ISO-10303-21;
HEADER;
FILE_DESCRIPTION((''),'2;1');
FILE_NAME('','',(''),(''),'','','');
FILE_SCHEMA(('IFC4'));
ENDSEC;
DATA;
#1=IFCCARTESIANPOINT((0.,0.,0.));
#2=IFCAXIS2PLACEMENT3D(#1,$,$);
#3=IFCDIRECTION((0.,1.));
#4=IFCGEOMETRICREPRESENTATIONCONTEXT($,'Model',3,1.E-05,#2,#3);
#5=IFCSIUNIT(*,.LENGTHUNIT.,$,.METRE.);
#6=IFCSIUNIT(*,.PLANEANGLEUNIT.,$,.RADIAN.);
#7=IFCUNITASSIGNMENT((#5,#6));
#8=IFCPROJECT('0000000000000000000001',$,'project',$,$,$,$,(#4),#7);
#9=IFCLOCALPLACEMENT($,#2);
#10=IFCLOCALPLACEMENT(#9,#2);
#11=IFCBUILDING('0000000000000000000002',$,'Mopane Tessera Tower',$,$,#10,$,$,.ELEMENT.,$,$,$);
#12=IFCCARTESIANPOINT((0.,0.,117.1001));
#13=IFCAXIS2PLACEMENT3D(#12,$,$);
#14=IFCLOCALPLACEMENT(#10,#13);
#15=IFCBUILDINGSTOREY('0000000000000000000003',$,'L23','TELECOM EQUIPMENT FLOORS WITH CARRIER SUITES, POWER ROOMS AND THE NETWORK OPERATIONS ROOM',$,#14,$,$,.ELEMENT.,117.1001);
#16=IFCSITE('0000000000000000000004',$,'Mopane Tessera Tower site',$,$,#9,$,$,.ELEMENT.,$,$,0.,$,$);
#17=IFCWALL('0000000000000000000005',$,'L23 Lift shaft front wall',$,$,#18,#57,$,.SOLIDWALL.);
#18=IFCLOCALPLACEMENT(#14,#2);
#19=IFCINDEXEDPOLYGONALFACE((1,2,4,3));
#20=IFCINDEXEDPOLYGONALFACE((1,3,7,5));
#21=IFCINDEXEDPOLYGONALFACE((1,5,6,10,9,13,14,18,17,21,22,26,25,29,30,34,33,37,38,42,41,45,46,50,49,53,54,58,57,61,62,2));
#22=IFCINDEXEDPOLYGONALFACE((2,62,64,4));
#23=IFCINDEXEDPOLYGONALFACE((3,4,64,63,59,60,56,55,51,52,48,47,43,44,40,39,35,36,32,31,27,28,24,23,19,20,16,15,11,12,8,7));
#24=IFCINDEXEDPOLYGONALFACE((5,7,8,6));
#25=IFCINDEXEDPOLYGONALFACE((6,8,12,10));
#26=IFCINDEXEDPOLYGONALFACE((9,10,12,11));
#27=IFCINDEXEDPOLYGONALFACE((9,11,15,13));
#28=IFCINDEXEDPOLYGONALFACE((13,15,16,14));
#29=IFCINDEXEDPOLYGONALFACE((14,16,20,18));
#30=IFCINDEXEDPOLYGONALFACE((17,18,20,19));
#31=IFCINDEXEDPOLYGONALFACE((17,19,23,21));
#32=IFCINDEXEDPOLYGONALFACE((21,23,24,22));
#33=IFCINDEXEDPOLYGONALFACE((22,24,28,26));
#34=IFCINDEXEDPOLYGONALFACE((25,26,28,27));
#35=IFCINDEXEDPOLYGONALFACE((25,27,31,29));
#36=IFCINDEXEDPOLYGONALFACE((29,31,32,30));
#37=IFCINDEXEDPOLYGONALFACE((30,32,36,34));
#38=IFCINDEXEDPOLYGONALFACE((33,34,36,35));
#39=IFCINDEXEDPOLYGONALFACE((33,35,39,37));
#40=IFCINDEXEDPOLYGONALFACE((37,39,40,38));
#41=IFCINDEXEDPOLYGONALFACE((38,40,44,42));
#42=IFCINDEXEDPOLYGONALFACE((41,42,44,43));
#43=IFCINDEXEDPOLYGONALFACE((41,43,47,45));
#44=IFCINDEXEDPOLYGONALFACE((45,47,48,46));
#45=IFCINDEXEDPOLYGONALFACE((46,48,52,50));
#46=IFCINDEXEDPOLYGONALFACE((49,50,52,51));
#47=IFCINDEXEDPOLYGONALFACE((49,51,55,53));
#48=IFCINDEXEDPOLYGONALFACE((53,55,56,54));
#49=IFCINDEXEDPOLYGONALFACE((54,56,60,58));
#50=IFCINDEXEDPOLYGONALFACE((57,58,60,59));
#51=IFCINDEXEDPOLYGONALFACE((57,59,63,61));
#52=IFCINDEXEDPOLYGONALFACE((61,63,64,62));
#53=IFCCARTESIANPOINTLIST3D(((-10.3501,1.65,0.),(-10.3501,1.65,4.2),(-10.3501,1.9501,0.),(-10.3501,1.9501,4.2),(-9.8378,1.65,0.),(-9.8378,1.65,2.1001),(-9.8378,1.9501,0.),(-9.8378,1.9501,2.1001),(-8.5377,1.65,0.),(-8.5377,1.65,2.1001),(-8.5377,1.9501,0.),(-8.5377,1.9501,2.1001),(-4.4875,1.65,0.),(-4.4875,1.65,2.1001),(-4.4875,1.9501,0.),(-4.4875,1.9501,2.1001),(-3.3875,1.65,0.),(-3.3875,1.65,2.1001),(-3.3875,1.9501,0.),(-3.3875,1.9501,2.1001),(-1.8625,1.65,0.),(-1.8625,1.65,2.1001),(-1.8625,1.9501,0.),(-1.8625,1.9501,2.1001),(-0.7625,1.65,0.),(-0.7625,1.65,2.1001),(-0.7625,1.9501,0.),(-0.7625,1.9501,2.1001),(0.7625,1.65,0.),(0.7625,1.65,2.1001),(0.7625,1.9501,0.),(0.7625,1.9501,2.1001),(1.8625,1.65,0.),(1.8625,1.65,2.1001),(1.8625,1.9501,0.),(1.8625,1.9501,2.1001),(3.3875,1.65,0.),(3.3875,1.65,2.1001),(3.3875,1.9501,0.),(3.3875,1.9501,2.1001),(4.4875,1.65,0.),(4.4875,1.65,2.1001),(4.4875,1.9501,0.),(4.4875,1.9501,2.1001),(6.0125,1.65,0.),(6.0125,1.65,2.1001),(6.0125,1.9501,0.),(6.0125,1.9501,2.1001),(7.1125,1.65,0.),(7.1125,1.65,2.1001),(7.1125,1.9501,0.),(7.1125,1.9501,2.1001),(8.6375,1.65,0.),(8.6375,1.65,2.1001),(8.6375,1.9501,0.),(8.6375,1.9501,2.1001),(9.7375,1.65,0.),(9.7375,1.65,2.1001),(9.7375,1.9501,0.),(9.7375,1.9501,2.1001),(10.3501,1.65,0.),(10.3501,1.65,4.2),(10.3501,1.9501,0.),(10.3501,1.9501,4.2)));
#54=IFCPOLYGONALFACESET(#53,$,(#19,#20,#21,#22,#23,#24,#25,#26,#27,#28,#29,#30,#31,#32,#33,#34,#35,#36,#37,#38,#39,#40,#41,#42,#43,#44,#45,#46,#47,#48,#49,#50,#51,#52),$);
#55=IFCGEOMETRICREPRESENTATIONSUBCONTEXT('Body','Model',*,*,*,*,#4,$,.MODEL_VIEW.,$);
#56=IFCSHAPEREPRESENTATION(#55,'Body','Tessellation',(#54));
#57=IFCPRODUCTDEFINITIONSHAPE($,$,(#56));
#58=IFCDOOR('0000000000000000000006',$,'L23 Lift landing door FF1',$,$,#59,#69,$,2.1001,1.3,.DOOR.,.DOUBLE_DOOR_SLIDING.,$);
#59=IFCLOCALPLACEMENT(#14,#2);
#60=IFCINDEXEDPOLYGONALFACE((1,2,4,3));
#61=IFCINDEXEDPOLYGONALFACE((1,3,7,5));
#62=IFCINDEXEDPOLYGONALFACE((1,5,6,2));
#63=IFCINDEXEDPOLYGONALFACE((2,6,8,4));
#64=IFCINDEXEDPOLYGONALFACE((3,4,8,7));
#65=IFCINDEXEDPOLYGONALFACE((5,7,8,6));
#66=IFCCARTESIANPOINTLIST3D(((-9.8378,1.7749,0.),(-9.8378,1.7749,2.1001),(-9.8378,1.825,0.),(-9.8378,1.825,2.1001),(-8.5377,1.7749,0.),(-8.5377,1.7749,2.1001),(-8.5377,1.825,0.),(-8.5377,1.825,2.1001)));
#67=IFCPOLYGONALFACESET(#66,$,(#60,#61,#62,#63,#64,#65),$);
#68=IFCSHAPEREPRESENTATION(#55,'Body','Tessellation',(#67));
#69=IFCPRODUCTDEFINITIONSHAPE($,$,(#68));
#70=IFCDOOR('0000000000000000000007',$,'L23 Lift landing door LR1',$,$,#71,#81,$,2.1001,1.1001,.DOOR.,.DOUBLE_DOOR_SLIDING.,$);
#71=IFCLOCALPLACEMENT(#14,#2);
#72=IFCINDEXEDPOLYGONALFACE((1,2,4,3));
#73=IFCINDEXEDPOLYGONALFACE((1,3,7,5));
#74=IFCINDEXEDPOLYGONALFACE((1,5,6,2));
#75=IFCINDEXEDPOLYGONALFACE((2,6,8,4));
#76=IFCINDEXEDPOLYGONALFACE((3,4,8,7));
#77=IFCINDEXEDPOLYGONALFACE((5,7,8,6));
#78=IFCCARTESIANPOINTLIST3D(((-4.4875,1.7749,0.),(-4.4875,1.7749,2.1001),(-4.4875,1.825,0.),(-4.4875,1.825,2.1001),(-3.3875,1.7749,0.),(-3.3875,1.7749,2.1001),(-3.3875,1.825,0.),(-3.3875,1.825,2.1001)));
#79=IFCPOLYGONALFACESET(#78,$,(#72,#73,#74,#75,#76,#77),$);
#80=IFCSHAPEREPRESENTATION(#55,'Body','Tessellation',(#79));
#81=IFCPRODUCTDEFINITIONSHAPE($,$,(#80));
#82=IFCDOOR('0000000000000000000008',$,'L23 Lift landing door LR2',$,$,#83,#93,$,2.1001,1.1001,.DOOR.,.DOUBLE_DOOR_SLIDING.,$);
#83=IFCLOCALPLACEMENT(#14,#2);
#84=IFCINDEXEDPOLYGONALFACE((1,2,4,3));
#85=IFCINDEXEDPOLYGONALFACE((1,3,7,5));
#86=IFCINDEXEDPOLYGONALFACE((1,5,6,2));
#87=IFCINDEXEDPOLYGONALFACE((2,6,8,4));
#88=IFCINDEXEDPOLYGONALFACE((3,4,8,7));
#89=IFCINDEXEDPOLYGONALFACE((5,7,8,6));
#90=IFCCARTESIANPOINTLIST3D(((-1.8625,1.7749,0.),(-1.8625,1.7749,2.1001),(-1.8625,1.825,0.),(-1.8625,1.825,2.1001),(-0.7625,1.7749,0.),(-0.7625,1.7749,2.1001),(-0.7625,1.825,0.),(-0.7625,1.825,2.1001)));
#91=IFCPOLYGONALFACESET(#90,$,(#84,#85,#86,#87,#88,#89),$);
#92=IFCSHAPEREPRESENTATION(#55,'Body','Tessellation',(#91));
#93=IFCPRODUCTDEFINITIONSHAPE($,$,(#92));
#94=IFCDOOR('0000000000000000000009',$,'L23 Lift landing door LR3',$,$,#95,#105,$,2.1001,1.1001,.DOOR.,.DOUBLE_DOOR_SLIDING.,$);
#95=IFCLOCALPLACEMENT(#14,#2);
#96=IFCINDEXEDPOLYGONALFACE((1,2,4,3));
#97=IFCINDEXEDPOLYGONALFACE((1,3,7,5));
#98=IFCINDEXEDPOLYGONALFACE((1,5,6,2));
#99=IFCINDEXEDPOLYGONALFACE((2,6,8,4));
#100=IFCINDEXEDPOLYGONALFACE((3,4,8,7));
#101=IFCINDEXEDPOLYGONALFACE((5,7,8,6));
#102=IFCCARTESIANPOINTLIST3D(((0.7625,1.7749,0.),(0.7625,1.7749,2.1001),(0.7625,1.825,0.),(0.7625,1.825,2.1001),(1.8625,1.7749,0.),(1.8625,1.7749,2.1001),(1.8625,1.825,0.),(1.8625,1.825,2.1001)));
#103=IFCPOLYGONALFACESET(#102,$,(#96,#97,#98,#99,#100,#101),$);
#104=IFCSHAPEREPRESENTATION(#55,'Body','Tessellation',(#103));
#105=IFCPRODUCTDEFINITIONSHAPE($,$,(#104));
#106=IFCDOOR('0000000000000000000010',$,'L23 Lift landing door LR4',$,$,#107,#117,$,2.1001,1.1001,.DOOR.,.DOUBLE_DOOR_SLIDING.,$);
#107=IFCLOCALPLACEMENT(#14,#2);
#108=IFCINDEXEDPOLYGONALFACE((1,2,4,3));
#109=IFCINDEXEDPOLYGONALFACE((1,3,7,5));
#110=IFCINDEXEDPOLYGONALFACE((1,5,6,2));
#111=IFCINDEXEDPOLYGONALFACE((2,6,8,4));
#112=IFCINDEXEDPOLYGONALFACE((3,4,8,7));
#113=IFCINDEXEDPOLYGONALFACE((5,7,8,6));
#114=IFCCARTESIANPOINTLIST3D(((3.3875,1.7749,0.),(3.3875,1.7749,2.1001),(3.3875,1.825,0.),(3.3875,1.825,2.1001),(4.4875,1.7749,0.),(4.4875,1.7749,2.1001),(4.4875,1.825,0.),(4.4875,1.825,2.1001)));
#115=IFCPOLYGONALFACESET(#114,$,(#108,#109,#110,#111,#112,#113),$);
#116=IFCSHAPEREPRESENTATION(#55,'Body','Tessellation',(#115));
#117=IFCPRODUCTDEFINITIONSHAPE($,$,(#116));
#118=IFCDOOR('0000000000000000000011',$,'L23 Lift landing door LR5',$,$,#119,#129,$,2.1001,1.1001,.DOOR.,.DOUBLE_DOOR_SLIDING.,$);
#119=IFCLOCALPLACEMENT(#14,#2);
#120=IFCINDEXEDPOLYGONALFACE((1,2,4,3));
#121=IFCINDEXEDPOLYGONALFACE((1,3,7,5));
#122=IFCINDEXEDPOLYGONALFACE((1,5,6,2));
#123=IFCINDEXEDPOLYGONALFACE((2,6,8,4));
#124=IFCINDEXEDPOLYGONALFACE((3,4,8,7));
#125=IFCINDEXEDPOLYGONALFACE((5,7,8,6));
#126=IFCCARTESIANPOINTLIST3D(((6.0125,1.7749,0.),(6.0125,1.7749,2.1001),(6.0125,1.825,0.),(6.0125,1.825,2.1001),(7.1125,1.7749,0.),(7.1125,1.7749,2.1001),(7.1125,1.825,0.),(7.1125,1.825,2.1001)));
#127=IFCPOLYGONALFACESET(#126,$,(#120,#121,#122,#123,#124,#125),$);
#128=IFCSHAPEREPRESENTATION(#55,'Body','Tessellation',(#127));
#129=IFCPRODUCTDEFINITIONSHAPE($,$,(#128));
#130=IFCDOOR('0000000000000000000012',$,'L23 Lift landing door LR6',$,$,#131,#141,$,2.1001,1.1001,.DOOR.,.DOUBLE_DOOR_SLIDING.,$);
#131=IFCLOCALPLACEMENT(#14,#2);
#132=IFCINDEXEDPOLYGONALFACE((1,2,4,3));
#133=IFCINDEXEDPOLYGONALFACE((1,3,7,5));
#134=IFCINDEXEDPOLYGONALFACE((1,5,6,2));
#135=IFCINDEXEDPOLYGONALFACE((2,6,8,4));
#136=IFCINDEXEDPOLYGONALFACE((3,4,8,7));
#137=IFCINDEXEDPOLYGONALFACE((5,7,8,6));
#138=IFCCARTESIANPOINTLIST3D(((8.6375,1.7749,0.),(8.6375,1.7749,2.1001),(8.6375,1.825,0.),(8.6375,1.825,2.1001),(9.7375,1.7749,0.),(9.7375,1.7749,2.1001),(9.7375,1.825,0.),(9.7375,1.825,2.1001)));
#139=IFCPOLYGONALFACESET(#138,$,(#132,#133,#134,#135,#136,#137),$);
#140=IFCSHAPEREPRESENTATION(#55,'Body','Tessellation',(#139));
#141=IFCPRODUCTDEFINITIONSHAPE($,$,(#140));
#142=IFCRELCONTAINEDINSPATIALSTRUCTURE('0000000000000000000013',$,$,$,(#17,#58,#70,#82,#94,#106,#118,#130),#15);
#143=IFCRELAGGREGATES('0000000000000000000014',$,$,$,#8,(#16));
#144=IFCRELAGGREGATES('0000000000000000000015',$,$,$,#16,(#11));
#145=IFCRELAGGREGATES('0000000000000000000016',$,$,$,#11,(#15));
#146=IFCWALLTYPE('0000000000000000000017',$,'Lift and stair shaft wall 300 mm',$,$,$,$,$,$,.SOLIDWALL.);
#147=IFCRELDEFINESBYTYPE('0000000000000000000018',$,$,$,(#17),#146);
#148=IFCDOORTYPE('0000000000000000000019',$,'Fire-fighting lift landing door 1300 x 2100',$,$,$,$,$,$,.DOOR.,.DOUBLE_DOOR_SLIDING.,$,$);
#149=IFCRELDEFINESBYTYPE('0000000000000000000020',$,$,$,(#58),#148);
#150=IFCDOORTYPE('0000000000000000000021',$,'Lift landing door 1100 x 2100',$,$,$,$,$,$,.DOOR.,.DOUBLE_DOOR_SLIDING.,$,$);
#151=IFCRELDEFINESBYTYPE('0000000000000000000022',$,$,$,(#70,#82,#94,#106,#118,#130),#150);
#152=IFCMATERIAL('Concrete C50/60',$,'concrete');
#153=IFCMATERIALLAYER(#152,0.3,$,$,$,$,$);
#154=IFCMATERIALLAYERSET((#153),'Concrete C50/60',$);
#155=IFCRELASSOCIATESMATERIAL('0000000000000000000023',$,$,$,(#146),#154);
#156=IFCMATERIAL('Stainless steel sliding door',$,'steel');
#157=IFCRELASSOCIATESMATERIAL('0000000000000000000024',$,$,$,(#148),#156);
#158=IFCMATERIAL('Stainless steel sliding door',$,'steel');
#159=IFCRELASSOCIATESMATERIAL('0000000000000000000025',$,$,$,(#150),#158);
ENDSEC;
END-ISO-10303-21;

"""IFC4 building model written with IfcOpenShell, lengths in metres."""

from ifc_helpers import new_model, si_unit, direction, frame, frame_2d, origin, place, context, subcontext, project, spatial, rectangle, extrude, material, layer, layer_set, type_object, element, fill, save


model = new_model("IFC4")

# Units and contexts
model_context = context("Model", 3, precision=1e-05, world=origin(), true_north=direction((0.0, 1.0)))
body_context = subcontext(model_context, "Body", "Model", "MODEL_VIEW")
ifc_project = project(units=[si_unit("LENGTHUNIT", "METRE"), si_unit("PLANEANGLEUNIT", "RADIAN")], contexts=[model_context])

# Site, building, storey
site_placement = place(None, origin())
site = spatial("IfcSite", under=ifc_project, at=site_placement, Name="Mopane Tessera Tower site", CompositionType="ELEMENT", RefElevation=0.0)
building_placement = place(site_placement, origin())
building = spatial("IfcBuilding", under=site, at=building_placement, Name="Mopane Tessera Tower", CompositionType="ELEMENT")
storey_placement = place(building_placement, frame((0.0, 0.0, 117.1001)))
storey = spatial("IfcBuildingStorey", under=building, at=storey_placement, Name="L23", Description="TELECOM EQUIPMENT FLOORS WITH CARRIER SUITES, POWER ROOMS AND THE NETWORK OPERATIONS ROOM", CompositionType="ELEMENT", Elevation=117.1001)

# Shared definitions
ifc_material_1 = material(Name="Concrete C50/60", Category="concrete")
ifc_layer_1 = layer(ifc_material_1, 0.3)
ifc_layer_set_1 = layer_set([ifc_layer_1], Name="Concrete C50/60")
wall_type_1 = type_object("IfcWallType", Name="Lift and stair shaft wall 300 mm", PredefinedType="SOLIDWALL", material=ifc_layer_set_1)

# Wall, openings, doors
wall_1_placement = place(storey_placement, frame((-10.3501, 1.8, 0.0), z_axis=(0.0, 0.0, 1.0), x_axis=(1.0, 0.0, 0.0)))
wall_1 = element("IfcWall", 1, at=wall_1_placement, inside=storey, type_object=wall_type_1, Name="L23 Lift shaft front wall", PredefinedType="SOLIDWALL", context=body_context, shape_type="SweptSolid", body=[
    extrude(rectangle(XDim=20.7002, YDim=0.3, at=frame_2d((10.3501, 0.0))), origin(), (0.0, 0.0, 1.0), 4.2),
])
opening_1_placement = place(wall_1_placement, frame((0.5125, 0.0, 0.0)))
opening_1 = element("IfcOpeningElement", 2, at=opening_1_placement, cuts=wall_1, PredefinedType="OPENING", context=body_context, shape_type="SweptSolid", body=[
    extrude(rectangle(XDim=1.3, YDim=2.1001, at=frame_2d((0.6499, 1.05))), frame((0.0, 0.1621, 0.0), z_axis=(0.0, -1.0, 0.0), x_axis=(1.0, 0.0, 0.0)), (0.0, 0.0, 1.0), 0.324),
])
opening_2_placement = place(wall_1_placement, frame((5.8625, 0.0, 0.0)))
opening_2 = element("IfcOpeningElement", 3, at=opening_2_placement, cuts=wall_1, PredefinedType="OPENING", context=body_context, shape_type="SweptSolid", body=[
    extrude(rectangle(XDim=1.1001, YDim=2.1001, at=frame_2d((0.55, 1.05))), frame((0.0, 0.1621, 0.0), z_axis=(0.0, -1.0, 0.0), x_axis=(1.0, 0.0, 0.0)), (0.0, 0.0, 1.0), 0.324),
])
opening_3_placement = place(wall_1_placement, frame((8.4875, 0.0, 0.0)))
opening_3 = element("IfcOpeningElement", 4, at=opening_3_placement, cuts=wall_1, PredefinedType="OPENING", context=body_context, shape_type="SweptSolid", body=[
    extrude(rectangle(XDim=1.1001, YDim=2.1001, at=frame_2d((0.55, 1.05))), frame((0.0, 0.1621, 0.0), z_axis=(0.0, -1.0, 0.0), x_axis=(1.0, 0.0, 0.0)), (0.0, 0.0, 1.0), 0.324),
])
opening_4_placement = place(wall_1_placement, frame((11.1125, 0.0, 0.0)))
opening_4 = element("IfcOpeningElement", 5, at=opening_4_placement, cuts=wall_1, PredefinedType="OPENING", context=body_context, shape_type="SweptSolid", body=[
    extrude(rectangle(XDim=1.1001, YDim=2.1001, at=frame_2d((0.55, 1.05))), frame((0.0, 0.1621, 0.0), z_axis=(0.0, -1.0, 0.0), x_axis=(1.0, 0.0, 0.0)), (0.0, 0.0, 1.0), 0.324),
])
opening_5_placement = place(wall_1_placement, frame((13.7375, 0.0, 0.0)))
opening_5 = element("IfcOpeningElement", 6, at=opening_5_placement, cuts=wall_1, PredefinedType="OPENING", context=body_context, shape_type="SweptSolid", body=[
    extrude(rectangle(XDim=1.1001, YDim=2.1001, at=frame_2d((0.55, 1.05))), frame((0.0, 0.1621, 0.0), z_axis=(0.0, -1.0, 0.0), x_axis=(1.0, 0.0, 0.0)), (0.0, 0.0, 1.0), 0.324),
])
opening_6_placement = place(wall_1_placement, frame((16.3625, 0.0, 0.0)))
opening_6 = element("IfcOpeningElement", 7, at=opening_6_placement, cuts=wall_1, PredefinedType="OPENING", context=body_context, shape_type="SweptSolid", body=[
    extrude(rectangle(XDim=1.1001, YDim=2.1001, at=frame_2d((0.55, 1.05))), frame((0.0, 0.1621, 0.0), z_axis=(0.0, -1.0, 0.0), x_axis=(1.0, 0.0, 0.0)), (0.0, 0.0, 1.0), 0.324),
])
opening_7_placement = place(wall_1_placement, frame((18.9875, 0.0, 0.0)))
opening_7 = element("IfcOpeningElement", 8, at=opening_7_placement, cuts=wall_1, PredefinedType="OPENING", context=body_context, shape_type="SweptSolid", body=[
    extrude(rectangle(XDim=1.1001, YDim=2.1001, at=frame_2d((0.55, 1.05))), frame((0.0, 0.1621, 0.0), z_axis=(0.0, -1.0, 0.0), x_axis=(1.0, 0.0, 0.0)), (0.0, 0.0, 1.0), 0.324),
])
ifc_material_2 = material(Name="Stainless steel sliding door", Category="steel")
door_type_1 = type_object("IfcDoorType", Name="Fire-fighting lift landing door 1300 x 2100", OperationType="DOUBLE_DOOR_SLIDING", PredefinedType="DOOR", material=ifc_material_2)
door_1_placement = place(opening_1_placement, origin())
door_1 = element("IfcDoor", 9, at=door_1_placement, inside=storey, type_object=door_type_1, Name="L23 Lift landing door FF1", OperationType="DOUBLE_DOOR_SLIDING", OverallHeight=2.1001, OverallWidth=1.3, PredefinedType="DOOR", context=body_context, shape_type="SweptSolid", body=[
    extrude(rectangle(XDim=1.3, YDim=2.1001, at=frame_2d((0.6499, 1.05))), frame((0.0, 0.0249, 0.0), z_axis=(0.0, -1.0, 0.0), x_axis=(1.0, 0.0, 0.0)), (0.0, 0.0, 1.0), 0.05),
])
fill(opening_1, door_1)
ifc_material_3 = material(Name="Stainless steel sliding door", Category="steel")
door_type_2 = type_object("IfcDoorType", Name="Lift landing door 1100 x 2100", OperationType="DOUBLE_DOOR_SLIDING", PredefinedType="DOOR", material=ifc_material_3)
door_2_placement = place(opening_2_placement, origin())
door_2 = element("IfcDoor", 10, at=door_2_placement, inside=storey, type_object=door_type_2, Name="L23 Lift landing door LR1", OperationType="DOUBLE_DOOR_SLIDING", OverallHeight=2.1001, OverallWidth=1.1001, PredefinedType="DOOR", context=body_context, shape_type="SweptSolid", body=[
    extrude(rectangle(XDim=1.1001, YDim=2.1001, at=frame_2d((0.55, 1.05))), frame((0.0, 0.0249, 0.0), z_axis=(0.0, -1.0, 0.0), x_axis=(1.0, 0.0, 0.0)), (0.0, 0.0, 1.0), 0.05),
])
fill(opening_2, door_2)
door_3_placement = place(opening_3_placement, origin())
door_3 = element("IfcDoor", 11, at=door_3_placement, inside=storey, type_object=door_type_2, Name="L23 Lift landing door LR2", OperationType="DOUBLE_DOOR_SLIDING", OverallHeight=2.1001, OverallWidth=1.1001, PredefinedType="DOOR", context=body_context, shape_type="SweptSolid", body=[
    extrude(rectangle(XDim=1.1001, YDim=2.1001, at=frame_2d((0.55, 1.05))), frame((0.0, 0.0249, 0.0), z_axis=(0.0, -1.0, 0.0), x_axis=(1.0, 0.0, 0.0)), (0.0, 0.0, 1.0), 0.05),
])
fill(opening_3, door_3)
door_4_placement = place(opening_4_placement, origin())
door_4 = element("IfcDoor", 12, at=door_4_placement, inside=storey, type_object=door_type_2, Name="L23 Lift landing door LR3", OperationType="DOUBLE_DOOR_SLIDING", OverallHeight=2.1001, OverallWidth=1.1001, PredefinedType="DOOR", context=body_context, shape_type="SweptSolid", body=[
    extrude(rectangle(XDim=1.1001, YDim=2.1001, at=frame_2d((0.55, 1.05))), frame((0.0, 0.0249, 0.0), z_axis=(0.0, -1.0, 0.0), x_axis=(1.0, 0.0, 0.0)), (0.0, 0.0, 1.0), 0.05),
])
fill(opening_4, door_4)
door_5_placement = place(opening_5_placement, origin())
door_5 = element("IfcDoor", 13, at=door_5_placement, inside=storey, type_object=door_type_2, Name="L23 Lift landing door LR4", OperationType="DOUBLE_DOOR_SLIDING", OverallHeight=2.1001, OverallWidth=1.1001, PredefinedType="DOOR", context=body_context, shape_type="SweptSolid", body=[
    extrude(rectangle(XDim=1.1001, YDim=2.1001, at=frame_2d((0.55, 1.05))), frame((0.0, 0.0249, 0.0), z_axis=(0.0, -1.0, 0.0), x_axis=(1.0, 0.0, 0.0)), (0.0, 0.0, 1.0), 0.05),
])
fill(opening_5, door_5)
door_6_placement = place(opening_6_placement, origin())
door_6 = element("IfcDoor", 14, at=door_6_placement, inside=storey, type_object=door_type_2, Name="L23 Lift landing door LR5", OperationType="DOUBLE_DOOR_SLIDING", OverallHeight=2.1001, OverallWidth=1.1001, PredefinedType="DOOR", context=body_context, shape_type="SweptSolid", body=[
    extrude(rectangle(XDim=1.1001, YDim=2.1001, at=frame_2d((0.55, 1.05))), frame((0.0, 0.0249, 0.0), z_axis=(0.0, -1.0, 0.0), x_axis=(1.0, 0.0, 0.0)), (0.0, 0.0, 1.0), 0.05),
])
fill(opening_6, door_6)
door_7_placement = place(opening_7_placement, origin())
door_7 = element("IfcDoor", 15, at=door_7_placement, inside=storey, type_object=door_type_2, Name="L23 Lift landing door LR6", OperationType="DOUBLE_DOOR_SLIDING", OverallHeight=2.1001, OverallWidth=1.1001, PredefinedType="DOOR", context=body_context, shape_type="SweptSolid", body=[
    extrude(rectangle(XDim=1.1001, YDim=2.1001, at=frame_2d((0.55, 1.05))), frame((0.0, 0.0249, 0.0), z_axis=(0.0, -1.0, 0.0), x_axis=(1.0, 0.0, 0.0)), (0.0, 0.0, 1.0), 0.05),
])
fill(opening_7, door_7)

save(model, "model.ifc")
